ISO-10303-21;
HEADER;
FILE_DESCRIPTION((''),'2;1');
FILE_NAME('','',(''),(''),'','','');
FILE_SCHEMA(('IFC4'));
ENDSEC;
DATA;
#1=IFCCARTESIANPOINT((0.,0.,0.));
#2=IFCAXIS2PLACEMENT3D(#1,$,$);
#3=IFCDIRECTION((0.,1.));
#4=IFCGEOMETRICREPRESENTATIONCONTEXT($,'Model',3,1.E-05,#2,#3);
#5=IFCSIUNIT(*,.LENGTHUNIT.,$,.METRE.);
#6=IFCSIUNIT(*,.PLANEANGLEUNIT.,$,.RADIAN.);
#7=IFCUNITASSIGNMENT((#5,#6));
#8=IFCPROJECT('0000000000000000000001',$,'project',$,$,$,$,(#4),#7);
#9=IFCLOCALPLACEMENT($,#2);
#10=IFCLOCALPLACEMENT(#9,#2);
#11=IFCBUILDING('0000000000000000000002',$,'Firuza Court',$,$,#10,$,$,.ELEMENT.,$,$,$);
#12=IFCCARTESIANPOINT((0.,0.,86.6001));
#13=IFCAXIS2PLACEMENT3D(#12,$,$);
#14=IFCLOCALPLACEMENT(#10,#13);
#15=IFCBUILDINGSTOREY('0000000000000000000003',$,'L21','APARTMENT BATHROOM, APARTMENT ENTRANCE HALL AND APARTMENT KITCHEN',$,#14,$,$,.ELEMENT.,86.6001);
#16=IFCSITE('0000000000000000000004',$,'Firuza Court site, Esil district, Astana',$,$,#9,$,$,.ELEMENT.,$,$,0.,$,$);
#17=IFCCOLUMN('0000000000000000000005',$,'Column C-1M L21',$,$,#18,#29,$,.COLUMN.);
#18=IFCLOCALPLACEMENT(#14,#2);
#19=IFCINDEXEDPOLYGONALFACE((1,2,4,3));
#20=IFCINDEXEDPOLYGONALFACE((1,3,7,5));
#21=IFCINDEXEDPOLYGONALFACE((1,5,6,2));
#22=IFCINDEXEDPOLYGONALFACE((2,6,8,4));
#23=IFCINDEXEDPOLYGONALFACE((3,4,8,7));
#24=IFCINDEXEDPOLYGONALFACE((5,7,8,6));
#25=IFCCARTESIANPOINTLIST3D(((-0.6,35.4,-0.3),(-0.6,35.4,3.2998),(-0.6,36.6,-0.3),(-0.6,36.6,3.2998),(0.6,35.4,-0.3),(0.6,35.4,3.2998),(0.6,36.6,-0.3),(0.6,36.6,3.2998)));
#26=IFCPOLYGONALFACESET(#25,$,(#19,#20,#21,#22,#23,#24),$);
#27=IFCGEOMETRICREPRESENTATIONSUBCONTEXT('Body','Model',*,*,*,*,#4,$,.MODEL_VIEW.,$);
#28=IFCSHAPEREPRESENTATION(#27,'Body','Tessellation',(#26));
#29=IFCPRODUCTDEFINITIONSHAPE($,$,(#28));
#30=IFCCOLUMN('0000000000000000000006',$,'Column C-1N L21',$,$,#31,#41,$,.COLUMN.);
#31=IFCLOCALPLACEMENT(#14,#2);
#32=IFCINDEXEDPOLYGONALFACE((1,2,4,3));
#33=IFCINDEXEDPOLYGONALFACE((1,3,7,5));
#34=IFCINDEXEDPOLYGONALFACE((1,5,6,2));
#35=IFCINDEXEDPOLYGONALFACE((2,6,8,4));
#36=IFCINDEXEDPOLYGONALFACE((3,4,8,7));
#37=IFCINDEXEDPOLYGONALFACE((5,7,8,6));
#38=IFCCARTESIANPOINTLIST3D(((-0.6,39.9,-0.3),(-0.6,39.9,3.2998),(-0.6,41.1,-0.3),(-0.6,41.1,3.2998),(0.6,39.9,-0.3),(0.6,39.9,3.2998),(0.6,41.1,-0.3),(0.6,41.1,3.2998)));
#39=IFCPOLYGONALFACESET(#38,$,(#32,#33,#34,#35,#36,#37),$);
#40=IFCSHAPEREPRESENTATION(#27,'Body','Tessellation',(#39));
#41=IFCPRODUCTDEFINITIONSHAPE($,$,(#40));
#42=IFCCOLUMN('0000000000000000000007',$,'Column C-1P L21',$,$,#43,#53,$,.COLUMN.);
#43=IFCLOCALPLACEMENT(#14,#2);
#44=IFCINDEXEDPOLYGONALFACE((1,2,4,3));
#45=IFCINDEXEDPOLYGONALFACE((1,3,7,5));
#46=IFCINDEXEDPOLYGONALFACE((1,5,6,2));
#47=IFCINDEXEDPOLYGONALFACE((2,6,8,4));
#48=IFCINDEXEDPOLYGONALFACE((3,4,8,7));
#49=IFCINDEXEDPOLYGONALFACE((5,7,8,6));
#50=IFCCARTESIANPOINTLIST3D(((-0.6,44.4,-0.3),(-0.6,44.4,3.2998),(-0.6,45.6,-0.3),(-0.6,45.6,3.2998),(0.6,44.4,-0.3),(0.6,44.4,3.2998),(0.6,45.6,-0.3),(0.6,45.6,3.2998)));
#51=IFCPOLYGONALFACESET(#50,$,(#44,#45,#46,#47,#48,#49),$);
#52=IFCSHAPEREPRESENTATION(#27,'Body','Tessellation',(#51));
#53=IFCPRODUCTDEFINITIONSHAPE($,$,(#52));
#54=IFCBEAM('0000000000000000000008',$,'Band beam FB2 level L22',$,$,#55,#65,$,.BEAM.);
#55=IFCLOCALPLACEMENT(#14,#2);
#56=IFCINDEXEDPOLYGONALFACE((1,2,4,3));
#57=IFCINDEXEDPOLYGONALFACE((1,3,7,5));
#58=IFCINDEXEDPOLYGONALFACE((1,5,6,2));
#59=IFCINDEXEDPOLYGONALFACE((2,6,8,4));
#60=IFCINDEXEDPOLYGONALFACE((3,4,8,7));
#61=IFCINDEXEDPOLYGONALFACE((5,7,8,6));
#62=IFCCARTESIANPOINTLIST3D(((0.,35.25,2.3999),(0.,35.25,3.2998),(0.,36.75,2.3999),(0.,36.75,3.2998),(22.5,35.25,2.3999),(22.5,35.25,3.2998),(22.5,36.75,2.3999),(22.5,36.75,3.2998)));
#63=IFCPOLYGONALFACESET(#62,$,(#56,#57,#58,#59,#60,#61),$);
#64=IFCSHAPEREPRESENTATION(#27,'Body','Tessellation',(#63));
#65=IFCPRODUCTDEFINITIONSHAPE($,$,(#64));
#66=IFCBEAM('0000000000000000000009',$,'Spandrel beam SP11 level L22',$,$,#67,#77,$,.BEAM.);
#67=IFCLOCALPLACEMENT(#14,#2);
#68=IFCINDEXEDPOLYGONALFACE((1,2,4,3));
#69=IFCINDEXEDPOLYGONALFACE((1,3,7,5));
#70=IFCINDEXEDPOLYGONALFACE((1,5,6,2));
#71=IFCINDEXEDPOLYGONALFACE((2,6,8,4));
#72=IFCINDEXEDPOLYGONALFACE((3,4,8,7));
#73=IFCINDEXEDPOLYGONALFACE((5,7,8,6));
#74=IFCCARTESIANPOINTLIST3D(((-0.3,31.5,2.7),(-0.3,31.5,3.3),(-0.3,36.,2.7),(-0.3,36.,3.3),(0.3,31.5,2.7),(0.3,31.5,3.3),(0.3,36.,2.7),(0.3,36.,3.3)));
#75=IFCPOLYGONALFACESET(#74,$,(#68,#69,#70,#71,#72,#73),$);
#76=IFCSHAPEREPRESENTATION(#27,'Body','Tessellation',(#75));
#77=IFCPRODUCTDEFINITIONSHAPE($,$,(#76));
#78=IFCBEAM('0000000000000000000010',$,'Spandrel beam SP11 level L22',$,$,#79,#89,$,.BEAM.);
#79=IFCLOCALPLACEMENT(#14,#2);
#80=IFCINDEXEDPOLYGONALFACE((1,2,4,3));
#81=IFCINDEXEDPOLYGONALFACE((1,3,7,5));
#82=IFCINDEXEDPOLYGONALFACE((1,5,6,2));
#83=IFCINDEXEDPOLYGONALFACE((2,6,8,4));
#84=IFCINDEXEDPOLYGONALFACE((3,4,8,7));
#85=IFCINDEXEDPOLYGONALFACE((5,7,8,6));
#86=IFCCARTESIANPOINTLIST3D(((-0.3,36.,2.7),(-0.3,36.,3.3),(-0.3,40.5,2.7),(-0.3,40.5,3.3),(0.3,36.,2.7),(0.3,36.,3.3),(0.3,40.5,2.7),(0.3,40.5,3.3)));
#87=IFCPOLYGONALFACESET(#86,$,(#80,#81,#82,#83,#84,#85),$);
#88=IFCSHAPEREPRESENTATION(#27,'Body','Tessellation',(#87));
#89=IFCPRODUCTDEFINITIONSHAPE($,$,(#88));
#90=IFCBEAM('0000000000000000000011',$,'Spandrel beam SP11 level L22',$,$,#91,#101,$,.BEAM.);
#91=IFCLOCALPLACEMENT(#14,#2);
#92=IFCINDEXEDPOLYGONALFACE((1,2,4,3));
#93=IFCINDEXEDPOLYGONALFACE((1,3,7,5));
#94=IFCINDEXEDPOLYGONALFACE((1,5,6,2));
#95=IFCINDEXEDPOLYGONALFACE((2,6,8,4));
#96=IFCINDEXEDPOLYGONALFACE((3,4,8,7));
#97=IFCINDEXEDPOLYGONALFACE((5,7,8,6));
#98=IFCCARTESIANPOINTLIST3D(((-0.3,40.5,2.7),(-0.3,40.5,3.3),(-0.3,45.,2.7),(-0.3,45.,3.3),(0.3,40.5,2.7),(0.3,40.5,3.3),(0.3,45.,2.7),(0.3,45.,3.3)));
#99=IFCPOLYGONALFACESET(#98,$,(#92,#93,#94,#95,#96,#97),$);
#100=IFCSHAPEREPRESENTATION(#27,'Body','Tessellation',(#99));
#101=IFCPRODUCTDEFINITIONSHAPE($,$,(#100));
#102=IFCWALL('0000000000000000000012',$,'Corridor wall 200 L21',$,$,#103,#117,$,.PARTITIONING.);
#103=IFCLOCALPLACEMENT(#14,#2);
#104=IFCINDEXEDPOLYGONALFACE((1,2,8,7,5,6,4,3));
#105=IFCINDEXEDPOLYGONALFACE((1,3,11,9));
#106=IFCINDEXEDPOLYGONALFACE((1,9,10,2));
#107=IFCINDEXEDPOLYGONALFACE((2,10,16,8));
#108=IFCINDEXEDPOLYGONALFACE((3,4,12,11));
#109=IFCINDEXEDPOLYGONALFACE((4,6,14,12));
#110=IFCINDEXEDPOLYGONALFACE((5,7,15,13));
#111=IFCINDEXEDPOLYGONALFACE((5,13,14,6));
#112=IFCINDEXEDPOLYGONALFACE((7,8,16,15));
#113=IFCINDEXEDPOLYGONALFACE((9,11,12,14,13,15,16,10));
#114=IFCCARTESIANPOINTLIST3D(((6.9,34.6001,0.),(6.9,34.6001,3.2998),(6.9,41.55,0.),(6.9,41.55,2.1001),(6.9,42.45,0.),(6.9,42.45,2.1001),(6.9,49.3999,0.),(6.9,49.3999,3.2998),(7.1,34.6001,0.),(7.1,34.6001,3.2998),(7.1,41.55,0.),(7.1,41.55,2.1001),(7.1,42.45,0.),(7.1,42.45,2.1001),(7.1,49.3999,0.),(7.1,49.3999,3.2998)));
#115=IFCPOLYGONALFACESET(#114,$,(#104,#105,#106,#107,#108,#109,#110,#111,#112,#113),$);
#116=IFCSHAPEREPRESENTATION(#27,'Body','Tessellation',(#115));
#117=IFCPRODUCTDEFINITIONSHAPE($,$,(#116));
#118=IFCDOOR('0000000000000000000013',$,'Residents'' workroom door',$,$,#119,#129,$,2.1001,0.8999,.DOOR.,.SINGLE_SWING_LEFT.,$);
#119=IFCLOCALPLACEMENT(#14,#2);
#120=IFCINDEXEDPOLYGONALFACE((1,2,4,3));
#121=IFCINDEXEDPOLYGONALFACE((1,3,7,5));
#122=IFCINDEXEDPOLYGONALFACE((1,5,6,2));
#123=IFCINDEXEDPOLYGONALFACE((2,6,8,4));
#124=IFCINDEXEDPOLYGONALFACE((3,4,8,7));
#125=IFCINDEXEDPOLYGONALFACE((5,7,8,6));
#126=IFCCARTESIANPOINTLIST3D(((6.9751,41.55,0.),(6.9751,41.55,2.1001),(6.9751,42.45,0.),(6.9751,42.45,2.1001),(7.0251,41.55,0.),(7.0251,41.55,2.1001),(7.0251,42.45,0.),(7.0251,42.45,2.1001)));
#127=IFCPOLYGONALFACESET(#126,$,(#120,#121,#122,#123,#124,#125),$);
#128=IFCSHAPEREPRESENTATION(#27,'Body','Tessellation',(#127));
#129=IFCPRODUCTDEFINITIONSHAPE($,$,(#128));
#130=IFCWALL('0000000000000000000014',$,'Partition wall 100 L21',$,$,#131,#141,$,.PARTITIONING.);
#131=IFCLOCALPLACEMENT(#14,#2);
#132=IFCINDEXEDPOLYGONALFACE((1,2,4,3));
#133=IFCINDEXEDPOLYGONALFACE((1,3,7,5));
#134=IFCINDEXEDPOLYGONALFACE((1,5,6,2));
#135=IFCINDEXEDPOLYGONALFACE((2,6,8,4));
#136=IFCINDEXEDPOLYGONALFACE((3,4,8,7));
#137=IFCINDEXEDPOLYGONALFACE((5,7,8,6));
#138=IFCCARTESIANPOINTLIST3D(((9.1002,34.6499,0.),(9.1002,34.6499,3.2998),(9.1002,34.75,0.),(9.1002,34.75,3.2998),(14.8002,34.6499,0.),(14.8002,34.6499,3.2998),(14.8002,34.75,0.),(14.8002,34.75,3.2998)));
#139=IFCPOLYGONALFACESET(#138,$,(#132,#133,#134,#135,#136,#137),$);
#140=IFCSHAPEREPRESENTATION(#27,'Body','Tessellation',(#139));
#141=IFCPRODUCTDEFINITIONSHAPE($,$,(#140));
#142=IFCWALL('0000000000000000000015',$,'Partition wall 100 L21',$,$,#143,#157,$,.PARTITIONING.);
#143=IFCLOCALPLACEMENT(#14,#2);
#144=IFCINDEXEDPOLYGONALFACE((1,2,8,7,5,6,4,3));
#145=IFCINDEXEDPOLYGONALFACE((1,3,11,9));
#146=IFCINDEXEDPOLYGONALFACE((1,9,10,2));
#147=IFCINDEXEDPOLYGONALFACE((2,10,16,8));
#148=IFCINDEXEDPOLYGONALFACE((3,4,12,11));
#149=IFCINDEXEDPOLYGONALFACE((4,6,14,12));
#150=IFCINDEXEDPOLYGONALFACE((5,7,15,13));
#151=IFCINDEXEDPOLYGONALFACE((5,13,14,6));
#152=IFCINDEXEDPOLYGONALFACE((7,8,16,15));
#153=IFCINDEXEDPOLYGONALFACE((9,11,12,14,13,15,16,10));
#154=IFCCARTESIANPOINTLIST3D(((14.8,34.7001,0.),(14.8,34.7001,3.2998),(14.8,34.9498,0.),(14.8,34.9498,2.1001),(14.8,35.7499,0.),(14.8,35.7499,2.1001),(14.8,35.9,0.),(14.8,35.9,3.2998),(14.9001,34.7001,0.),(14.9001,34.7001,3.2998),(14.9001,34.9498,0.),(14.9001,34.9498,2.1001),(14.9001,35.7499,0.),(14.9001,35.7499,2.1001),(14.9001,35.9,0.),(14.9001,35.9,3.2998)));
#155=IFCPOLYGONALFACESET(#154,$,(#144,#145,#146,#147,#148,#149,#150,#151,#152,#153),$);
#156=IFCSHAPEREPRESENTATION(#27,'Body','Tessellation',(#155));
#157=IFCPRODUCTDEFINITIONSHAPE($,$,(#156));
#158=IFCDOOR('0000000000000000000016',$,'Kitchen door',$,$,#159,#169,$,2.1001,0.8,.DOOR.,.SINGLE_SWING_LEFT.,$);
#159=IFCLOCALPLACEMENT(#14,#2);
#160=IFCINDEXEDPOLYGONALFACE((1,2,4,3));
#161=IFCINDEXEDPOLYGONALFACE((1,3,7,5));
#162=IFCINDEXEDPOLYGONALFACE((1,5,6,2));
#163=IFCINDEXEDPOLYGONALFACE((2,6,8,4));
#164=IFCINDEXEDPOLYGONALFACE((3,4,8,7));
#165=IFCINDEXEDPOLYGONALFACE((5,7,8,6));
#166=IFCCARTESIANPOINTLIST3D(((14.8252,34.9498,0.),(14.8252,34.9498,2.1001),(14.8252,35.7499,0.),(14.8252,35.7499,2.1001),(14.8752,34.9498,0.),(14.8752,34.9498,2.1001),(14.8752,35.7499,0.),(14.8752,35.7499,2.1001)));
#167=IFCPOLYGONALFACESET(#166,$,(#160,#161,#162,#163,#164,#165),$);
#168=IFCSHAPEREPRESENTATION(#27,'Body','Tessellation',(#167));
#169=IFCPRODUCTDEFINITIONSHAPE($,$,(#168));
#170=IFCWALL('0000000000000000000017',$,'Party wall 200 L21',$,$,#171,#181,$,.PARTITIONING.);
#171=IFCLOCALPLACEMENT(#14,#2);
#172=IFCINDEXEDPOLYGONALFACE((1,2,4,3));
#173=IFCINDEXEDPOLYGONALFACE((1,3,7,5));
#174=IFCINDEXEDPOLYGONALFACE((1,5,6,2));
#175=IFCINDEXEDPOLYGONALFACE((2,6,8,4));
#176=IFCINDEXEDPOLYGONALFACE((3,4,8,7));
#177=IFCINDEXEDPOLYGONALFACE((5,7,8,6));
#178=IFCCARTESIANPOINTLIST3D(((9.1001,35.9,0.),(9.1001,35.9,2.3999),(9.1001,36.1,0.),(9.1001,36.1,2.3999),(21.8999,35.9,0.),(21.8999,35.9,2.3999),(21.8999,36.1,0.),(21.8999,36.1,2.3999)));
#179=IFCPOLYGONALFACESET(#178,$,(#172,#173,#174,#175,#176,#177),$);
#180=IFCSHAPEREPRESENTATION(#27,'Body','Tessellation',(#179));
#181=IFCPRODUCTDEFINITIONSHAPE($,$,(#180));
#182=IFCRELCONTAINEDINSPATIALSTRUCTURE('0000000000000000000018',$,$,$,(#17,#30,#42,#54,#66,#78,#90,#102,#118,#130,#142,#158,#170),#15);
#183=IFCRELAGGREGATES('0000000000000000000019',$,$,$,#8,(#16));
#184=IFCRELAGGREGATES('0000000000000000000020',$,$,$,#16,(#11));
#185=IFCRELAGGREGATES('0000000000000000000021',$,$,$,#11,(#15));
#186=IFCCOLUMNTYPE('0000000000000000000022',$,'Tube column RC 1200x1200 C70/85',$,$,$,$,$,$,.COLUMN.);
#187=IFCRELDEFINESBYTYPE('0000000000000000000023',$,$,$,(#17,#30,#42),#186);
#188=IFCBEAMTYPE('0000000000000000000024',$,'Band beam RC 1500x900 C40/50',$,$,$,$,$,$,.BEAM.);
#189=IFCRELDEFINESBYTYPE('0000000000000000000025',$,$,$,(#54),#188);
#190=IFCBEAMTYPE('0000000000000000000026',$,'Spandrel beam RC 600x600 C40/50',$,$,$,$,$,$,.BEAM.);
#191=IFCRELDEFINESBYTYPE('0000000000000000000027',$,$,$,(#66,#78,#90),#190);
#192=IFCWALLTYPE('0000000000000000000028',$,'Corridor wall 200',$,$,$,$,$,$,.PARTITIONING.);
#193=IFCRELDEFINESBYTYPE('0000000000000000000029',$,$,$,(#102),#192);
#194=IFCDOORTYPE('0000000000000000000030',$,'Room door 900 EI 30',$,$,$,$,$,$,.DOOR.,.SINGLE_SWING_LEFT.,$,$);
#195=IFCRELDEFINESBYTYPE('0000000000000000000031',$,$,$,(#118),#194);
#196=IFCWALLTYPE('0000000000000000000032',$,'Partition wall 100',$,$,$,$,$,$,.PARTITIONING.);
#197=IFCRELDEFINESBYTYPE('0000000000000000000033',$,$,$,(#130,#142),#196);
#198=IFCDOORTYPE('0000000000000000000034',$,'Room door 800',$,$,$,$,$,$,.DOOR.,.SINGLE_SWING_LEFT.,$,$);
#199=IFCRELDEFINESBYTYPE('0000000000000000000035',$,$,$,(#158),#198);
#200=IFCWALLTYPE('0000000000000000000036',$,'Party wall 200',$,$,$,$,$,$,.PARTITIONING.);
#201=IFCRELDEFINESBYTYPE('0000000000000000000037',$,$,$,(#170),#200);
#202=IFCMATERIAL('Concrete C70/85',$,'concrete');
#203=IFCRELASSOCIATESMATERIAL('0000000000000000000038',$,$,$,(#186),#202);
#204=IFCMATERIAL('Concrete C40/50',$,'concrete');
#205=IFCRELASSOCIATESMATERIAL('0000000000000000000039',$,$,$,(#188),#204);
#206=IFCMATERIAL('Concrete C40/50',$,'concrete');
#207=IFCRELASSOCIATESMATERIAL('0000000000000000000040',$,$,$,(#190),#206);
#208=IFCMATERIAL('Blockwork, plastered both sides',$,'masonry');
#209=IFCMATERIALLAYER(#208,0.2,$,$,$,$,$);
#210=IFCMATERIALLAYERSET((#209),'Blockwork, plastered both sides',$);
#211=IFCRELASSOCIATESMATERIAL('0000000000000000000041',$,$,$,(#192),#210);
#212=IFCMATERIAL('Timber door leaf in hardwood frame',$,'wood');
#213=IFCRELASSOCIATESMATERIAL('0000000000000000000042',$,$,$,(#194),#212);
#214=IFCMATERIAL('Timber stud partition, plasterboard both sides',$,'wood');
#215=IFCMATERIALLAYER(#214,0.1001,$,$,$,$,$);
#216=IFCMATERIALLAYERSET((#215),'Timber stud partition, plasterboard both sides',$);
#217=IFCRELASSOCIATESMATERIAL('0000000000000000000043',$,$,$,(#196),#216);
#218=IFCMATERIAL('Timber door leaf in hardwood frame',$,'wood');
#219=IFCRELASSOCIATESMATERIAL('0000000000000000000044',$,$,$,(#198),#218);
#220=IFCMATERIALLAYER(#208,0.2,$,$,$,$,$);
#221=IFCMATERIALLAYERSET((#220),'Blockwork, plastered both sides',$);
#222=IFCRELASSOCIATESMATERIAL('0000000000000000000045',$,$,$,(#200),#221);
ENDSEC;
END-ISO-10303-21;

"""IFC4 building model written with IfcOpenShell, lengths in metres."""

from ifc_helpers import new_model, si_unit, direction, frame, frame_2d, origin, origin_2d, place, context, subcontext, project, spatial, rectangle, extrude, material, layer, layer_set, material_profile, profile_set, type_object, element, fill, save


model = new_model("IFC4")

# Units and contexts
model_context = context("Model", 3, precision=1e-05, world=origin(), true_north=direction((0.0, 1.0)))
body_context = subcontext(model_context, "Body", "Model", "MODEL_VIEW")
ifc_project = project(units=[si_unit("LENGTHUNIT", "METRE"), si_unit("PLANEANGLEUNIT", "RADIAN")], contexts=[model_context])

# Site, building, storey
site_placement = place(None, origin())
site = spatial("IfcSite", under=ifc_project, at=site_placement, Name="Firuza Court site, Esil district, Astana", CompositionType="ELEMENT", RefElevation=0.0)
building_placement = place(site_placement, origin())
building = spatial("IfcBuilding", under=site, at=building_placement, Name="Firuza Court", CompositionType="ELEMENT")
storey_placement = place(building_placement, frame((0.0, 0.0, 86.6001)))
storey = spatial("IfcBuildingStorey", under=building, at=storey_placement, Name="L21", Description="APARTMENT BATHROOM, APARTMENT ENTRANCE HALL AND APARTMENT KITCHEN", CompositionType="ELEMENT", Elevation=86.6001)

# Columns
ifc_material_1 = material(Name="Concrete C70/85", Category="concrete")
ifc_material_profile_1 = material_profile(ifc_material_1, rectangle(XDim=1.2, YDim=1.2, at=origin_2d()), Name="RC 1200x1200")
ifc_profile_set_1 = profile_set([ifc_material_profile_1], Name="Concrete C70/85")
column_type = type_object("IfcColumnType", Name="Tube column RC 1200x1200 C70/85", PredefinedType="COLUMN", material=ifc_profile_set_1)
for number, where, z_axis, x_axis, name in (
    (1, (0.0, 36.0, -0.3), (0.0, 0.0, 1.0), (1.0, 0.0, 0.0), "Column C-1M L21"),
    (2, (0.0, 40.5, -0.3), (0.0, 0.0, 1.0), (1.0, 0.0, 0.0), "Column C-1N L21"),
    (3, (0.0, 45.0, -0.3), (0.0, 0.0, 1.0), (1.0, 0.0, 0.0), "Column C-1P L21"),
):
    element("IfcColumn", number, at=place(storey_placement, frame(where, z_axis=z_axis, x_axis=x_axis)), inside=storey, type_object=column_type, Name=name, PredefinedType="COLUMN", context=body_context, shape_type="SweptSolid", body=[
        extrude(rectangle(XDim=1.2, YDim=1.2, at=origin_2d()), origin(), (0.0, 0.0, 1.0), 3.5999),
    ])

# Beams
ifc_material_2 = material(Name="Concrete C40/50", Category="concrete")
ifc_material_profile_2 = material_profile(ifc_material_2, rectangle(XDim=1.5, YDim=0.8999, at=origin_2d()), Name="RC 1500x900")
ifc_profile_set_2 = profile_set([ifc_material_profile_2], Name="Concrete C40/50")
beam_type_1 = type_object("IfcBeamType", Name="Band beam RC 1500x900 C40/50", PredefinedType="BEAM", material=ifc_profile_set_2)
beam_placement = place(storey_placement, frame((0.0, 36.0, 2.8499), z_axis=(1.0, 0.0, 0.0), x_axis=(0.0, 1.0, 0.0)))
element("IfcBeam", 4, at=beam_placement, inside=storey, type_object=beam_type_1, Name="Band beam FB2 level L22", PredefinedType="BEAM", context=body_context, shape_type="SweptSolid", body=[
    extrude(rectangle(XDim=1.5, YDim=0.8999, at=origin_2d()), origin(), (0.0, 0.0, 1.0), 22.5),
])
ifc_material_3 = material(Name="Concrete C40/50", Category="concrete")
ifc_material_profile_3 = material_profile(ifc_material_3, rectangle(XDim=0.6001, YDim=0.6001, at=origin_2d()), Name="RC 600x600")
ifc_profile_set_3 = profile_set([ifc_material_profile_3], Name="Concrete C40/50")
beam_type_2 = type_object("IfcBeamType", Name="Spandrel beam RC 600x600 C40/50", PredefinedType="BEAM", material=ifc_profile_set_3)
for number, where, z_axis, x_axis, name in (
    (5, (0.0, 36.0, 3.0), (0.0, -1.0, 0.0), (1.0, 0.0, 0.0), "Spandrel beam SP11 level L22"),
    (6, (0.0, 40.5, 3.0), (0.0, -1.0, 0.0), (1.0, 0.0, 0.0), "Spandrel beam SP11 level L22"),
    (7, (0.0, 45.0, 3.0), (0.0, -1.0, 0.0), (1.0, 0.0, 0.0), "Spandrel beam SP11 level L22"),
):
    element("IfcBeam", number, at=place(storey_placement, frame(where, z_axis=z_axis, x_axis=x_axis)), inside=storey, type_object=beam_type_2, Name=name, PredefinedType="BEAM", context=body_context, shape_type="SweptSolid", body=[
        extrude(rectangle(XDim=0.6001, YDim=0.6001, at=origin_2d()), origin(), (0.0, 0.0, 1.0), 4.5),
    ])

# Wall, opening, door
ifc_material_4 = material(Name="Blockwork, plastered both sides", Category="masonry")
ifc_layer_1 = layer(ifc_material_4, 0.2)
ifc_layer_set_1 = layer_set([ifc_layer_1], Name="Blockwork, plastered both sides")
wall_type_1 = type_object("IfcWallType", Name="Corridor wall 200", PredefinedType="PARTITIONING", material=ifc_layer_set_1)
wall_1_placement = place(storey_placement, frame((7.0, 34.6001, 0.0), z_axis=(0.0, 0.0, 1.0), x_axis=(0.0, 1.0, 0.0)))
wall_1 = element("IfcWall", 8, at=wall_1_placement, inside=storey, type_object=wall_type_1, Name="Corridor wall 200 L21", PredefinedType="PARTITIONING", context=body_context, shape_type="SweptSolid", body=[
    extrude(rectangle(XDim=14.7998, YDim=0.2, at=frame_2d((7.3999, 0.0))), origin(), (0.0, 0.0, 1.0), 3.2998),
])
opening_1_placement = place(wall_1_placement, frame((6.95, 0.0, 0.0)))
opening_1 = element("IfcOpeningElement", 9, at=opening_1_placement, cuts=wall_1, PredefinedType="OPENING", context=body_context, shape_type="SweptSolid", body=[
    extrude(rectangle(XDim=0.8999, YDim=2.1001, at=frame_2d((0.45, 1.05))), frame((0.0, 0.1118, 0.0), z_axis=(0.0, -1.0, 0.0), x_axis=(1.0, 0.0, 0.0)), (0.0, 0.0, 1.0), 0.2239),
])
ifc_material_5 = material(Name="Timber door leaf in hardwood frame", Category="wood")
door_type_1 = type_object("IfcDoorType", Name="Room door 900 EI 30", OperationType="SINGLE_SWING_LEFT", PredefinedType="DOOR", material=ifc_material_5)
door_1_placement = place(opening_1_placement, origin())
door_1 = element("IfcDoor", 10, at=door_1_placement, inside=storey, type_object=door_type_1, Name="Residents' workroom door", OperationType="SINGLE_SWING_LEFT", OverallHeight=2.1001, OverallWidth=0.8999, PredefinedType="DOOR", context=body_context, shape_type="SweptSolid", body=[
    extrude(rectangle(XDim=0.8999, YDim=2.1001, at=frame_2d((0.45, 1.05))), frame((0.0, 0.0249, 0.0), z_axis=(0.0, -1.0, 0.0), x_axis=(1.0, 0.0, 0.0)), (0.0, 0.0, 1.0), 0.05),
])
fill(opening_1, door_1)

# Wall
ifc_material_6 = material(Name="Timber stud partition, plasterboard both sides", Category="wood")
ifc_layer_2 = layer(ifc_material_6, 0.1001)
ifc_layer_set_2 = layer_set([ifc_layer_2], Name="Timber stud partition, plasterboard both sides")
wall_type_2 = type_object("IfcWallType", Name="Partition wall 100", PredefinedType="PARTITIONING", material=ifc_layer_set_2)
wall_2_placement = place(storey_placement, frame((9.1001, 34.7, 0.0), z_axis=(0.0, 0.0, 1.0), x_axis=(1.0, 0.0, 0.0)))
element("IfcWall", 11, at=wall_2_placement, inside=storey, type_object=wall_type_2, Name="Partition wall 100 L21", PredefinedType="PARTITIONING", context=body_context, shape_type="SweptSolid", body=[
    extrude(rectangle(XDim=5.7, YDim=0.1001, at=frame_2d((2.8501, 0.0))), origin(), (0.0, 0.0, 1.0), 3.2998),
])

# Wall, opening, door
wall_3_placement = place(storey_placement, frame((14.8501, 34.7, 0.0), z_axis=(0.0, 0.0, 1.0), x_axis=(0.0, 1.0, 0.0)))
wall_3 = element("IfcWall", 12, at=wall_3_placement, inside=storey, type_object=wall_type_2, Name="Partition wall 100 L21", PredefinedType="PARTITIONING", context=body_context, shape_type="SweptSolid", body=[
    extrude(rectangle(XDim=1.2, YDim=0.1001, at=frame_2d((0.6001, 0.0))), origin(), (0.0, 0.0, 1.0), 3.2998),
])
opening_2_placement = place(wall_3_placement, frame((0.25, 0.0, 0.0)))
opening_2 = element("IfcOpeningElement", 13, at=opening_2_placement, cuts=wall_3, PredefinedType="OPENING", context=body_context, shape_type="SweptSolid", body=[
    extrude(rectangle(XDim=0.8, YDim=2.1001, at=frame_2d((0.3999, 1.05))), frame((0.0, 0.062, 0.0), z_axis=(0.0, -1.0, 0.0), x_axis=(1.0, 0.0, 0.0)), (0.0, 0.0, 1.0), 0.124),
])
ifc_material_7 = material(Name="Timber door leaf in hardwood frame", Category="wood")
door_type_2 = type_object("IfcDoorType", Name="Room door 800", OperationType="SINGLE_SWING_LEFT", PredefinedType="DOOR", material=ifc_material_7)
door_2_placement = place(opening_2_placement, origin())
door_2 = element("IfcDoor", 14, at=door_2_placement, inside=storey, type_object=door_type_2, Name="Kitchen door", OperationType="SINGLE_SWING_LEFT", OverallHeight=2.1001, OverallWidth=0.8, PredefinedType="DOOR", context=body_context, shape_type="SweptSolid", body=[
    extrude(rectangle(XDim=0.8, YDim=2.1001, at=frame_2d((0.3999, 1.05))), frame((0.0, 0.0249, 0.0), z_axis=(0.0, -1.0, 0.0), x_axis=(1.0, 0.0, 0.0)), (0.0, 0.0, 1.0), 0.05),
])
fill(opening_2, door_2)

# Wall
ifc_layer_3 = layer(ifc_material_4, 0.2)
ifc_layer_set_3 = layer_set([ifc_layer_3], Name="Blockwork, plastered both sides")
wall_type_3 = type_object("IfcWallType", Name="Party wall 200", PredefinedType="PARTITIONING", material=ifc_layer_set_3)
wall_4_placement = place(storey_placement, frame((9.1001, 36.0, 0.0), z_axis=(0.0, 0.0, 1.0), x_axis=(1.0, 0.0, 0.0)))
element("IfcWall", 15, at=wall_4_placement, inside=storey, type_object=wall_type_3, Name="Party wall 200 L21", PredefinedType="PARTITIONING", context=body_context, shape_type="SweptSolid", body=[
    extrude(rectangle(XDim=12.7998, YDim=0.2, at=frame_2d((6.3999, 0.0))), origin(), (0.0, 0.0, 1.0), 2.3999),
])

save(model, "model.ifc")
